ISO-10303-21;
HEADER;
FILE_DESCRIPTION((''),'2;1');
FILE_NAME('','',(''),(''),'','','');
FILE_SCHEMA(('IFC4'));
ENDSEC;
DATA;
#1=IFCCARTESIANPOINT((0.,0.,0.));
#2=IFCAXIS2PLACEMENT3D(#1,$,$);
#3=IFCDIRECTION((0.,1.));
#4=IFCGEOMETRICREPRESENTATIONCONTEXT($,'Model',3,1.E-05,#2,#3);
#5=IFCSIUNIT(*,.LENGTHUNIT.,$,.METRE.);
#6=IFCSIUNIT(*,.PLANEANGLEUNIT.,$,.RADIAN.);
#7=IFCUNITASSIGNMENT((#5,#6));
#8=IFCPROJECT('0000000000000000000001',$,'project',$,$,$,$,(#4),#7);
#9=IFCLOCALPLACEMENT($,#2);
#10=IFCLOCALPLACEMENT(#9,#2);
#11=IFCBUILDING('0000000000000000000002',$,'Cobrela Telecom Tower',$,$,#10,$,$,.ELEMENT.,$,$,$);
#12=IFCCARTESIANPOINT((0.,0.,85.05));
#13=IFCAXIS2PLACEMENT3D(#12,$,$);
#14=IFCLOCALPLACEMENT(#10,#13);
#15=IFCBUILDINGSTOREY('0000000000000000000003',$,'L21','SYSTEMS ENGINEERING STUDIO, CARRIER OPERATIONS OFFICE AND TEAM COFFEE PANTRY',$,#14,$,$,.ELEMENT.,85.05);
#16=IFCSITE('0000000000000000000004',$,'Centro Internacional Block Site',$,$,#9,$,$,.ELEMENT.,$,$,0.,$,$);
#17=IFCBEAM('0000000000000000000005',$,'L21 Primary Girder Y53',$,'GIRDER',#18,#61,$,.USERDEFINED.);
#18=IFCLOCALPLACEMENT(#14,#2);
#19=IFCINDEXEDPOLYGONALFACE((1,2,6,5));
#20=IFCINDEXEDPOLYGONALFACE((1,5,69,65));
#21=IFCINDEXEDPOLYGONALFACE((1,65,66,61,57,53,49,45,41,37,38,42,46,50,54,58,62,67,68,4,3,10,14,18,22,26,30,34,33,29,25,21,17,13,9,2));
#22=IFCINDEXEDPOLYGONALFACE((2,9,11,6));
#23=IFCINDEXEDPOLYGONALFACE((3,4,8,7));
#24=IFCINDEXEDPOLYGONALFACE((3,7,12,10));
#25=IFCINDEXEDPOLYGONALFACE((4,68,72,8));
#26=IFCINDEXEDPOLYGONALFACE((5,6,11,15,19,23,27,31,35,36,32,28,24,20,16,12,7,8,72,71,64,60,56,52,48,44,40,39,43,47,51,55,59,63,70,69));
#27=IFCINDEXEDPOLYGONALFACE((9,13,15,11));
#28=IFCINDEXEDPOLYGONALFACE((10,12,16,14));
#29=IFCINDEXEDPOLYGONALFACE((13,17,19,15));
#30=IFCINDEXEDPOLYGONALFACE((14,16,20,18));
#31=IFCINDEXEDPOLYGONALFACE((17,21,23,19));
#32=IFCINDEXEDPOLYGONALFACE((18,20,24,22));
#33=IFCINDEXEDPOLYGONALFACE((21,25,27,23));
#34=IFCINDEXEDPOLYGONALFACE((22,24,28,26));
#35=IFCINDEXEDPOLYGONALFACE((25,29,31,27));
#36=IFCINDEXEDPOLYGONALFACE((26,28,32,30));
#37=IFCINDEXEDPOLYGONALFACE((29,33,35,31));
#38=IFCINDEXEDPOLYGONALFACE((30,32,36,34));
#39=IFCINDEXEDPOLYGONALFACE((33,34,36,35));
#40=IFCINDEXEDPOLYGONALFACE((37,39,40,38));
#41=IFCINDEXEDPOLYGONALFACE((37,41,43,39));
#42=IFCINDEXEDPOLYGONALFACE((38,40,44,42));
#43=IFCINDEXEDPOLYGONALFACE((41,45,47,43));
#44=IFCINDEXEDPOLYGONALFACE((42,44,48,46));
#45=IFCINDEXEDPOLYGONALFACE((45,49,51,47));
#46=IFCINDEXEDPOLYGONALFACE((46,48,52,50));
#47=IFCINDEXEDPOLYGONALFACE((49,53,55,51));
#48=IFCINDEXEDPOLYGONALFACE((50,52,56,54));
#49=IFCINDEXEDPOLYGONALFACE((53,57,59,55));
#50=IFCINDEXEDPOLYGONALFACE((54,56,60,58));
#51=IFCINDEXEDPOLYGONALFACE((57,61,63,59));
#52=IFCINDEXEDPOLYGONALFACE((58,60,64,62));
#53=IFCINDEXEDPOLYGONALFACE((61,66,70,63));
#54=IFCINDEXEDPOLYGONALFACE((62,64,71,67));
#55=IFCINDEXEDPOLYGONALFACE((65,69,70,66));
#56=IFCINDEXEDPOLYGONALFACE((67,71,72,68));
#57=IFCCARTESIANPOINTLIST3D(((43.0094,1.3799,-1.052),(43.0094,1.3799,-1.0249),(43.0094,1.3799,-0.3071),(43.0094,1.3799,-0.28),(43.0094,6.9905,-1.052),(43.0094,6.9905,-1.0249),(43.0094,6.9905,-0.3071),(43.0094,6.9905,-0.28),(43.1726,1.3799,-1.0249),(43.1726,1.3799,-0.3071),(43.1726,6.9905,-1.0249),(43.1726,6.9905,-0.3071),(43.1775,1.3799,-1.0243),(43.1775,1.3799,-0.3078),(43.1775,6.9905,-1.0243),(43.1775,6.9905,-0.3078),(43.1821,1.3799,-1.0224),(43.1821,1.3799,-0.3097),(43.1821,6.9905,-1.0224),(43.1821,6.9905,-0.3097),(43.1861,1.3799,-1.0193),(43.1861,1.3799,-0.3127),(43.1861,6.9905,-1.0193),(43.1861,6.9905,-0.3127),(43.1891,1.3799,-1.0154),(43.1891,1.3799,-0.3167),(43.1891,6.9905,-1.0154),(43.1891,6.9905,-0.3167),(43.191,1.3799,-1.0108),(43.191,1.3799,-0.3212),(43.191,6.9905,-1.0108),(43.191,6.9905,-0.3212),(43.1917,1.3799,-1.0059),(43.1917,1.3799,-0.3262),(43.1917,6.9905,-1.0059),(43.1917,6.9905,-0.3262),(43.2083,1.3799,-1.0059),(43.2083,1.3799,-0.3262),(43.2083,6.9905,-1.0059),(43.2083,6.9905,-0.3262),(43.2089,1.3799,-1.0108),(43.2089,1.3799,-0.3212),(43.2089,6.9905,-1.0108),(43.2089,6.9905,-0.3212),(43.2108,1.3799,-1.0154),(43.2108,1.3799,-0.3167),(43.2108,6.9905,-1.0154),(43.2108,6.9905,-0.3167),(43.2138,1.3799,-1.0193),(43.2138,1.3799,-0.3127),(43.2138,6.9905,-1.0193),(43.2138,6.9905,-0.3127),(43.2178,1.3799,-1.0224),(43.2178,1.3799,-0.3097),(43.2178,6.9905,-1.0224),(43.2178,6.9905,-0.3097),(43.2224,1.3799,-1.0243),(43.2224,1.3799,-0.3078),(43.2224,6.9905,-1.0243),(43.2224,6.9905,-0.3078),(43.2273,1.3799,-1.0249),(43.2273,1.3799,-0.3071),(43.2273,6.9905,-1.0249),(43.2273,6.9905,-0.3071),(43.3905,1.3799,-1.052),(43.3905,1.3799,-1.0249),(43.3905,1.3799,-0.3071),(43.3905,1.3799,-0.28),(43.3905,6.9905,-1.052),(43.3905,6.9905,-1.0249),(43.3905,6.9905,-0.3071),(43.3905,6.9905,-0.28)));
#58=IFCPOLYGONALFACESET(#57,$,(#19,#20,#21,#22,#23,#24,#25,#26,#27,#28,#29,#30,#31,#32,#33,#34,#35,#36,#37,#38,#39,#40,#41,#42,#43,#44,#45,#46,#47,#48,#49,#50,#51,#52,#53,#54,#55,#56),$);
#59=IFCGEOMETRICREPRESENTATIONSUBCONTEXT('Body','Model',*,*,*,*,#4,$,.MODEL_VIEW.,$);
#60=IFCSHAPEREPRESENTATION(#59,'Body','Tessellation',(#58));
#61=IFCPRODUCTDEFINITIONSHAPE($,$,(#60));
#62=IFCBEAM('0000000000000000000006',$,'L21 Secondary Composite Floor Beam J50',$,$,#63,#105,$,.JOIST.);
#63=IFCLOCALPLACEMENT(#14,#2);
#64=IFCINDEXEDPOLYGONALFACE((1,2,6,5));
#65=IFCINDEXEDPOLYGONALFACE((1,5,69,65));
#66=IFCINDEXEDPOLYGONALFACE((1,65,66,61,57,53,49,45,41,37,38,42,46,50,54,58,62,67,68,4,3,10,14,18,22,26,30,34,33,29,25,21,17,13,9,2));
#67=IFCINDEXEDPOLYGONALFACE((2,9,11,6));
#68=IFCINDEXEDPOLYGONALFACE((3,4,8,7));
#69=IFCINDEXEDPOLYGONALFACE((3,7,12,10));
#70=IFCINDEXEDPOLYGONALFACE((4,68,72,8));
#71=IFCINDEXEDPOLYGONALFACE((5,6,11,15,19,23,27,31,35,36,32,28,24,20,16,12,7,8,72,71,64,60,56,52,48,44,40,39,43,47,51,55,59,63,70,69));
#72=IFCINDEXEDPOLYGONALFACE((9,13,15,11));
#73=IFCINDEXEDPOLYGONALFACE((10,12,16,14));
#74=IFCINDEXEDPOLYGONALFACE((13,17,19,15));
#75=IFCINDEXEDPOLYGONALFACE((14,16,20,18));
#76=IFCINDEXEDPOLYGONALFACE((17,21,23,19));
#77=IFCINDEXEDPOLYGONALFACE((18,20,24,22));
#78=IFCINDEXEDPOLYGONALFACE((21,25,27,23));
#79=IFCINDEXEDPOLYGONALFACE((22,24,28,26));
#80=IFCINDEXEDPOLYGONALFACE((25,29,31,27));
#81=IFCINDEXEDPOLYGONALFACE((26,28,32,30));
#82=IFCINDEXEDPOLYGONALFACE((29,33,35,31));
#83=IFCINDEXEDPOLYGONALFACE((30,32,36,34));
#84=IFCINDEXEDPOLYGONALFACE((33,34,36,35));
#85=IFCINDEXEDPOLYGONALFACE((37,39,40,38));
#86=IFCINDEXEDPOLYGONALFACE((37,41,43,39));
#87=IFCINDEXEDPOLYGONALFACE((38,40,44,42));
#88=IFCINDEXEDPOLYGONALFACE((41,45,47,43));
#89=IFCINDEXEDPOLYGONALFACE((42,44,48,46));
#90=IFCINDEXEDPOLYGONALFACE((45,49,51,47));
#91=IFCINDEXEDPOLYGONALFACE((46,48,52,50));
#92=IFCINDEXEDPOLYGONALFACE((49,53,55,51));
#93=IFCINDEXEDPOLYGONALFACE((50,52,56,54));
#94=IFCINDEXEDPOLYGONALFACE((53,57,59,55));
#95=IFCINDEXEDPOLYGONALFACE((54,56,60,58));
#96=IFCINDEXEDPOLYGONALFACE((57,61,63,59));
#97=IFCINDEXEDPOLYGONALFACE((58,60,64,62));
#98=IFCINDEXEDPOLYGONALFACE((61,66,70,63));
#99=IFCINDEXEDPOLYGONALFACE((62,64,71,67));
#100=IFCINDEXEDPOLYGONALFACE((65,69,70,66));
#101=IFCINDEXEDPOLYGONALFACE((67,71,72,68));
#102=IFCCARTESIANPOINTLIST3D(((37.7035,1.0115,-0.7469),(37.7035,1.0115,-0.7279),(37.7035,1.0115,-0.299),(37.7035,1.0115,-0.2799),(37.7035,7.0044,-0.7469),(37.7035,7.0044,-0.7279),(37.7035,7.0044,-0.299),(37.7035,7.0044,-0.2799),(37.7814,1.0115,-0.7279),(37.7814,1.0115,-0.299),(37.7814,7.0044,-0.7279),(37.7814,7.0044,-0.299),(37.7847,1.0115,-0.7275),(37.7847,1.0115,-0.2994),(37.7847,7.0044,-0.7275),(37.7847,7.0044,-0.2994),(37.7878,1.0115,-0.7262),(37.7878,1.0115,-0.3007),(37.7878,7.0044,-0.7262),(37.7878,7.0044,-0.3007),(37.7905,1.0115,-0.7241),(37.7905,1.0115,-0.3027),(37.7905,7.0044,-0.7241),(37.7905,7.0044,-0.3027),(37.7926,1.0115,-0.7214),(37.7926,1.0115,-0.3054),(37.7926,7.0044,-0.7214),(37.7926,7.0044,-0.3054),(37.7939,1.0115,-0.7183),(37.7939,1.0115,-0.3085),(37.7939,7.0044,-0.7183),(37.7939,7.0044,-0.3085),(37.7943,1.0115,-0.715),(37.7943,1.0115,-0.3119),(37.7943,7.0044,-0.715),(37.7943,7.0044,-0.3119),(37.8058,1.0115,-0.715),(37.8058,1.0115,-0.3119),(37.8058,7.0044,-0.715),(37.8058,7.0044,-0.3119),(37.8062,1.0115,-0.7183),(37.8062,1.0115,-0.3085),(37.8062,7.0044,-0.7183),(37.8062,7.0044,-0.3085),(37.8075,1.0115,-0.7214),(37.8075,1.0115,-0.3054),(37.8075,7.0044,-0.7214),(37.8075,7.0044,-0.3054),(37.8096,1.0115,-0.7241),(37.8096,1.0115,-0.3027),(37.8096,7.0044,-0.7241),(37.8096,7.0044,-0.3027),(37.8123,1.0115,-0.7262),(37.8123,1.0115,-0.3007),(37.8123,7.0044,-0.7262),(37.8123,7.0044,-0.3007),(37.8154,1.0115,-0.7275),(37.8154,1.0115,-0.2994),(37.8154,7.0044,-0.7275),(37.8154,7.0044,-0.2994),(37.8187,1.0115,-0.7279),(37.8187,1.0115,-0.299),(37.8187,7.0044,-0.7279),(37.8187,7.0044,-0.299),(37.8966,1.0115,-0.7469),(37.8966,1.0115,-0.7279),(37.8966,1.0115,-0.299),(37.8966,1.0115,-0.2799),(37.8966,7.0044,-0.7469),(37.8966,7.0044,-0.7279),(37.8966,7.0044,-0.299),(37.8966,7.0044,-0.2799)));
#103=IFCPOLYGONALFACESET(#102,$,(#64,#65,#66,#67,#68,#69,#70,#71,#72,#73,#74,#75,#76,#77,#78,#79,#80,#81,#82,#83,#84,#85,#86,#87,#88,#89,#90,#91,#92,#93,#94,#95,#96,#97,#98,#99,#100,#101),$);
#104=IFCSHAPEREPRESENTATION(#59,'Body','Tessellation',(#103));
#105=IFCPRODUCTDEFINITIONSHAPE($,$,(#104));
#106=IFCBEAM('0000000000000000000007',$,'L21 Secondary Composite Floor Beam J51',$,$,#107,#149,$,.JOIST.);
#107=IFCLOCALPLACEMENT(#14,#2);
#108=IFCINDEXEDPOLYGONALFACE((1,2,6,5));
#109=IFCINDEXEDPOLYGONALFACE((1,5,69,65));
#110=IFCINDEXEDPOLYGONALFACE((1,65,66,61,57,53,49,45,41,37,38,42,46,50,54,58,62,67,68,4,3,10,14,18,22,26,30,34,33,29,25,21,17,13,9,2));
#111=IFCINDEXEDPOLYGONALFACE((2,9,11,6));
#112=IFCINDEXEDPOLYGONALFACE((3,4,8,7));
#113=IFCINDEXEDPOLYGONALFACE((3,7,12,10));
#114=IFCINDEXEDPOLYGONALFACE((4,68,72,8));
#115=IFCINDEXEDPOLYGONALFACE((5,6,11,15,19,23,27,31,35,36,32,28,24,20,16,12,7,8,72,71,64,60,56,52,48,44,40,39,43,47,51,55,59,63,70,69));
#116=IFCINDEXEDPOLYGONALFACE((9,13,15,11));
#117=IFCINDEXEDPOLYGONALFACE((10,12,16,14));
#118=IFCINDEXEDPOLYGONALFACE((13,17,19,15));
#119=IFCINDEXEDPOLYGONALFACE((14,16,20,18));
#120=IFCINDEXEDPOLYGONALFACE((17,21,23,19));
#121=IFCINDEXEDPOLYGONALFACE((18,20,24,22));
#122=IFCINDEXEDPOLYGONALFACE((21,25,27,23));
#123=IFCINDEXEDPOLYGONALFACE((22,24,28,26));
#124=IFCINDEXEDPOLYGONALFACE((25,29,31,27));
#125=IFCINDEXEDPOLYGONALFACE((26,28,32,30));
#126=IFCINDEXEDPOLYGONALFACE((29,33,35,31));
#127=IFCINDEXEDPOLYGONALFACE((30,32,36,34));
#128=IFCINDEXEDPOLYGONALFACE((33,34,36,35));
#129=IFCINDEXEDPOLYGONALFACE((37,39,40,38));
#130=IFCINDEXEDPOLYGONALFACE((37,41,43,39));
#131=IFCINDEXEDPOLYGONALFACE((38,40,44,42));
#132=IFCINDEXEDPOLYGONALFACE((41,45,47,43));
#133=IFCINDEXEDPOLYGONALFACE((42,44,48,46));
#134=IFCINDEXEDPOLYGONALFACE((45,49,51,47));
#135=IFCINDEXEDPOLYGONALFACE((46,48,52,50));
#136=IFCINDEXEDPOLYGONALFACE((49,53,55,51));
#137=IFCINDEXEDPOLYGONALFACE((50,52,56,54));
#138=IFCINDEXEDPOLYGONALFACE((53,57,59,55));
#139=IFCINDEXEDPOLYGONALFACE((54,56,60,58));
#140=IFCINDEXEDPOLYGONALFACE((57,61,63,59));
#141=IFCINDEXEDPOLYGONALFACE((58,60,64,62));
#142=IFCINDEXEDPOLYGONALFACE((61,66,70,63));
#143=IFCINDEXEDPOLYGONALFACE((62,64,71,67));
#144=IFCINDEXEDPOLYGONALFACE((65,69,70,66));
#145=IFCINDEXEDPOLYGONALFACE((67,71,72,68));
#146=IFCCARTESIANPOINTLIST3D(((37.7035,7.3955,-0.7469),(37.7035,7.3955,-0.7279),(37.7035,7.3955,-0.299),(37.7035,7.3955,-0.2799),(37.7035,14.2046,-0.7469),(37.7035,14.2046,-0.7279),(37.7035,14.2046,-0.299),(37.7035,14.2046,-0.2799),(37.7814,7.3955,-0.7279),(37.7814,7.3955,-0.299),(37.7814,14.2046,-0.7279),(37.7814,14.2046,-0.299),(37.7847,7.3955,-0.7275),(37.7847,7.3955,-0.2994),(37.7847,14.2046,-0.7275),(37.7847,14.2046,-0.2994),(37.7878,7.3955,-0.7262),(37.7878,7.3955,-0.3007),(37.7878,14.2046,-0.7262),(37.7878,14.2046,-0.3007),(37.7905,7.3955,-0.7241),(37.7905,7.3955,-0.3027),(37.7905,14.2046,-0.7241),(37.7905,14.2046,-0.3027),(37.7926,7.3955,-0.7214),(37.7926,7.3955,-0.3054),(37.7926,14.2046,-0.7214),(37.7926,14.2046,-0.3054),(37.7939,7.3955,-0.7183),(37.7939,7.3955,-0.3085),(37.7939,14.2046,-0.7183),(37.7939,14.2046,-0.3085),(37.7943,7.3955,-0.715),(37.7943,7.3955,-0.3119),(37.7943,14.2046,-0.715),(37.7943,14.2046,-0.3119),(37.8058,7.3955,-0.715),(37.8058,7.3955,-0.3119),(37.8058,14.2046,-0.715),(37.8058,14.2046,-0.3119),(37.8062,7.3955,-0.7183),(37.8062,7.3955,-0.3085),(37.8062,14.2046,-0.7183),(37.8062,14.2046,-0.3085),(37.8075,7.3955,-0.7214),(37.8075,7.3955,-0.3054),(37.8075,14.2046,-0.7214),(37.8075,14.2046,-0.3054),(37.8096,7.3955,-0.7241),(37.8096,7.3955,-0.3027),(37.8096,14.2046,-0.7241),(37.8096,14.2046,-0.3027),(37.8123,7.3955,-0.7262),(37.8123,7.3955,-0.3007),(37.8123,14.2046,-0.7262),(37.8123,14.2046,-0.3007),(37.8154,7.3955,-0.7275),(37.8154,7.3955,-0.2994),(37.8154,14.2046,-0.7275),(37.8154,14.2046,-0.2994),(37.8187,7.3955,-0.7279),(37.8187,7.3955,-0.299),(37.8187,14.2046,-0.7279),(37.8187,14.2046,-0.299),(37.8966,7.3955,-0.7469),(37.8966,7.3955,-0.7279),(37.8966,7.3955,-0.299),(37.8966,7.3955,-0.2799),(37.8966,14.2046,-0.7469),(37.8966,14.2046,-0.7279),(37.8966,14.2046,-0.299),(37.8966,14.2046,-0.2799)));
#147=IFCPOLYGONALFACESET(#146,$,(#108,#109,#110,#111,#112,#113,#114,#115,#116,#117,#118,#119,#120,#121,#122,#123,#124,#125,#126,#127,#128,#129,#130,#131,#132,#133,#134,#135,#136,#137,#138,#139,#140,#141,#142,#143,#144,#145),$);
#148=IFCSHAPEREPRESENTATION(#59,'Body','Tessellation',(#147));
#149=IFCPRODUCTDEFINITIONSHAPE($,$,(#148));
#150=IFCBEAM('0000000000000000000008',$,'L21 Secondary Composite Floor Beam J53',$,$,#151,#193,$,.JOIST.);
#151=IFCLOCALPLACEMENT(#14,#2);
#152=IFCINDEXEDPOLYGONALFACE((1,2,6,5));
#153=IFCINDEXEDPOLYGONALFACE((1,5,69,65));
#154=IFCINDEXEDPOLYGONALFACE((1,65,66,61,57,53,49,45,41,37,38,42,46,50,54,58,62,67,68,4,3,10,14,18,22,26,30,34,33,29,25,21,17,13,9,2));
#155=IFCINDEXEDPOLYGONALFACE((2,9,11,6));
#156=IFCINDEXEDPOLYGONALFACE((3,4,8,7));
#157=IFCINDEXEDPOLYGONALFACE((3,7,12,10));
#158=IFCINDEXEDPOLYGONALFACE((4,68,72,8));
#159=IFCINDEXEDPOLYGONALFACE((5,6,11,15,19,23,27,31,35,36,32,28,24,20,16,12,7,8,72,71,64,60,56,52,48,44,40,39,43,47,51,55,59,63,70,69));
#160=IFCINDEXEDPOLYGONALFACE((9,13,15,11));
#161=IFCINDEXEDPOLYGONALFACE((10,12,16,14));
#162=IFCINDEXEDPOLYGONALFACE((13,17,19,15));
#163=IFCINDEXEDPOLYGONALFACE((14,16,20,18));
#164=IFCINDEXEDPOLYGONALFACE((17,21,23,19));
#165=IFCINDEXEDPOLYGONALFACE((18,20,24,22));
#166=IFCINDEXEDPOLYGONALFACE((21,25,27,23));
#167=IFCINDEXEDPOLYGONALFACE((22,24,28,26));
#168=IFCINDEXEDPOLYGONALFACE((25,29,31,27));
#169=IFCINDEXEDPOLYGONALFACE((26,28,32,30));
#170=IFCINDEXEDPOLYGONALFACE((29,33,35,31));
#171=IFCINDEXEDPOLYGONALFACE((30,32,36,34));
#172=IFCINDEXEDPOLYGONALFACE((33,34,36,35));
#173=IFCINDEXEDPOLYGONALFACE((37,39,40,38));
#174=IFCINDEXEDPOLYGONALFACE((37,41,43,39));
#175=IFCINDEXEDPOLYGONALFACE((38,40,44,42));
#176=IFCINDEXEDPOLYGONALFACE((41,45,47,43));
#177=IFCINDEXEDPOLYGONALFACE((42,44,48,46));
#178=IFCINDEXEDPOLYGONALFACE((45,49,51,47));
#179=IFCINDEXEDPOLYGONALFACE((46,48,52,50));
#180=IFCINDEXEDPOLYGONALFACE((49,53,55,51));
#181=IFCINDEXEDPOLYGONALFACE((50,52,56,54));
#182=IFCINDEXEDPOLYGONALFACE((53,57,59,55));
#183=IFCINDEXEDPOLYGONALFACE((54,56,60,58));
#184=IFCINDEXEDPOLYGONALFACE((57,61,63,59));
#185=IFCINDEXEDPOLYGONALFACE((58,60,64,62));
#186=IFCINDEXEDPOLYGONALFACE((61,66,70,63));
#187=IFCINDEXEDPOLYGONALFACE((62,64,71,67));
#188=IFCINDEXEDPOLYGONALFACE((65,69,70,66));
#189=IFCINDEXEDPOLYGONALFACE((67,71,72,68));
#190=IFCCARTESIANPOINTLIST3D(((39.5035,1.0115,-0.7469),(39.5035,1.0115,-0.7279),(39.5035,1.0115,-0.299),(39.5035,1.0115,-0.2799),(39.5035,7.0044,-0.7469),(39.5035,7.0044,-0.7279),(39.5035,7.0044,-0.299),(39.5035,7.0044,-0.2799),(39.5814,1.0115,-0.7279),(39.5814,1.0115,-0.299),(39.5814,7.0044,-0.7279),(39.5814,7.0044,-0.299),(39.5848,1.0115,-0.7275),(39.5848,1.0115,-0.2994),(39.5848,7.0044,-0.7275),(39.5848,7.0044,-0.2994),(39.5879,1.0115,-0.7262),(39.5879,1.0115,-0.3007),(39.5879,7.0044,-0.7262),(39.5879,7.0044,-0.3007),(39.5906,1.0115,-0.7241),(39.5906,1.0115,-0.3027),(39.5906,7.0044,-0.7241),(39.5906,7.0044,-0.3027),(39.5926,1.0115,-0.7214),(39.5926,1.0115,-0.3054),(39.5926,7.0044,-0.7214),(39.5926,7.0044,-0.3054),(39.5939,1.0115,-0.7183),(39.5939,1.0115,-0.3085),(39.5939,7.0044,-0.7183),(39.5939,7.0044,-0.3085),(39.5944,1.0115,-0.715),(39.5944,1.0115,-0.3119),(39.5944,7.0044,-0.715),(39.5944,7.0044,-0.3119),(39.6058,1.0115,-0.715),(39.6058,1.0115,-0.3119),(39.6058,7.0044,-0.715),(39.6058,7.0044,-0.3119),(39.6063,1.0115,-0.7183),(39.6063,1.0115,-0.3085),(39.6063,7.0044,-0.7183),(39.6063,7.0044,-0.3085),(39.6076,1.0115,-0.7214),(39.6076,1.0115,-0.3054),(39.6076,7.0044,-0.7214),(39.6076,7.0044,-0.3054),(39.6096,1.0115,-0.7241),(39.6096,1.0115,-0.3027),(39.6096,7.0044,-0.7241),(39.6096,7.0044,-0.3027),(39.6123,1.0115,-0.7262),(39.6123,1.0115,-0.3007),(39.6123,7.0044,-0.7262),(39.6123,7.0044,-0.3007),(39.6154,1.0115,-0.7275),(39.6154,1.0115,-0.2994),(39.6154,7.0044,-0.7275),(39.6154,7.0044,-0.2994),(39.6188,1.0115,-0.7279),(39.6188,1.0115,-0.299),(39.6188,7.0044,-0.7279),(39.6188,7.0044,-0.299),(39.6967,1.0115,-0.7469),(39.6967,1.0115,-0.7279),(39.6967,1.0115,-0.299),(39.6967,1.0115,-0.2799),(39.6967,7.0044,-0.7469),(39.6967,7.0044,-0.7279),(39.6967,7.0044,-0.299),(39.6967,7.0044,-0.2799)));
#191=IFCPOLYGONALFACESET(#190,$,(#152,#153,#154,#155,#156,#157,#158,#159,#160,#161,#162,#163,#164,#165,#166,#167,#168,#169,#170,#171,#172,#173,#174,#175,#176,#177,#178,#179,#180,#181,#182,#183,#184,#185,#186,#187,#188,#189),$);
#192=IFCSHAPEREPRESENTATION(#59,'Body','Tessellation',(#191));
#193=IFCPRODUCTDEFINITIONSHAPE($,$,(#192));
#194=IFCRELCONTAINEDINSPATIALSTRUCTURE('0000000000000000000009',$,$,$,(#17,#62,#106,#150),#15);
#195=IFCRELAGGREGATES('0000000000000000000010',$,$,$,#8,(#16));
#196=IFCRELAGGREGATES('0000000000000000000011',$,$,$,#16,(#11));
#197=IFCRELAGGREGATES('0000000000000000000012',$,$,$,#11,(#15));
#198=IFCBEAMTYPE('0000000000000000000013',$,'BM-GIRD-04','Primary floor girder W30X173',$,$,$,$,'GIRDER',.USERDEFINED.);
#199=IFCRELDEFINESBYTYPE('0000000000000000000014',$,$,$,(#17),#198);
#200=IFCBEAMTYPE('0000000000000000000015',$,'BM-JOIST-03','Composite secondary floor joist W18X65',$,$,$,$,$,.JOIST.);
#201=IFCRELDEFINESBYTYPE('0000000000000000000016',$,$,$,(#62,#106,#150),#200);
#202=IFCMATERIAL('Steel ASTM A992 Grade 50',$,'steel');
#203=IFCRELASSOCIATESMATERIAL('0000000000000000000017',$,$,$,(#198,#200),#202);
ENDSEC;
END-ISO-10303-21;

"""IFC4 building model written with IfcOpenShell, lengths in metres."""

from ifc_helpers import new_model, si_unit, direction, frame, origin, origin_2d, place, context, subcontext, project, spatial, i_section, extrude, material, material_profile, profile_set, type_object, element, save


model = new_model("IFC4")

# Units and contexts
model_context = context("Model", 3, precision=1e-05, world=origin(), true_north=direction((0.0, 1.0)))
body_context = subcontext(model_context, "Body", "Model", "MODEL_VIEW")
ifc_project = project(units=[si_unit("LENGTHUNIT", "METRE"), si_unit("PLANEANGLEUNIT", "RADIAN")], contexts=[model_context])

# Site, building, storey
site_placement = place(None, origin())
site = spatial("IfcSite", under=ifc_project, at=site_placement, Name="Centro Internacional Block Site", CompositionType="ELEMENT", RefElevation=0.0)
building_placement = place(site_placement, origin())
building = spatial("IfcBuilding", under=site, at=building_placement, Name="Cobrela Telecom Tower", CompositionType="ELEMENT")
storey_placement = place(building_placement, frame((0.0, 0.0, 85.05)))
storey = spatial("IfcBuildingStorey", under=building, at=storey_placement, Name="L21", Description="SYSTEMS ENGINEERING STUDIO, CARRIER OPERATIONS OFFICE AND TEAM COFFEE PANTRY", CompositionType="ELEMENT", Elevation=85.05)

# Shared definitions
ifc_material_1 = material(Name="Steel ASTM A992 Grade 50", Category="steel")

# Beams
ifc_material_profile_1 = material_profile(ifc_material_1, i_section(OverallWidth=0.3811, OverallDepth=0.772, WebThickness=0.0166, FlangeThickness=0.0271, FilletRadius=0.019, at=origin_2d()), Name="W30X173")
ifc_profile_set_1 = profile_set([ifc_material_profile_1], Name="Steel ASTM A992 Grade 50")
beam_type_1 = type_object("IfcBeamType", Name="BM-GIRD-04", Description="Primary floor girder W30X173", ElementType="GIRDER", PredefinedType="USERDEFINED", material=ifc_profile_set_1)
beam_1_placement = place(storey_placement, frame((43.2, 1.3799, -0.666), z_axis=(0.0, 1.0, 0.0), x_axis=(-1.0, 0.0, 0.0)))
element("IfcBeam", 1, at=beam_1_placement, inside=storey, type_object=beam_type_1, Name="L21 Primary Girder Y53", ObjectType="GIRDER", PredefinedType="USERDEFINED", context=body_context, shape_type="SweptSolid", body=[
    extrude(i_section(OverallWidth=0.3811, OverallDepth=0.772, WebThickness=0.0166, FlangeThickness=0.0271, FilletRadius=0.019, at=origin_2d()), origin(), (0.0, 0.0, 1.0), 5.6106),
])
ifc_material_profile_2 = material_profile(ifc_material_1, i_section(OverallWidth=0.1931, OverallDepth=0.467, WebThickness=0.0115, FlangeThickness=0.019, FilletRadius=0.0129, at=origin_2d()), Name="W18X65")
ifc_profile_set_2 = profile_set([ifc_material_profile_2], Name="Steel ASTM A992 Grade 50")
beam_type_2 = type_object("IfcBeamType", Name="BM-JOIST-03", Description="Composite secondary floor joist W18X65", PredefinedType="JOIST", material=ifc_profile_set_2)
beam_2_placement = place(storey_placement, frame((37.8, 1.0115, -0.5134), z_axis=(0.0, 1.0, 0.0), x_axis=(-1.0, 0.0, 0.0)))
element("IfcBeam", 2, at=beam_2_placement, inside=storey, type_object=beam_type_2, Name="L21 Secondary Composite Floor Beam J50", PredefinedType="JOIST", context=body_context, shape_type="SweptSolid", body=[
    extrude(i_section(OverallWidth=0.1931, OverallDepth=0.467, WebThickness=0.0115, FlangeThickness=0.019, FilletRadius=0.0129, at=origin_2d()), origin(), (0.0, 0.0, 1.0), 5.9929),
])
beam_3_placement = place(storey_placement, frame((37.8, 7.3955, -0.5134), z_axis=(0.0, 1.0, 0.0), x_axis=(-1.0, 0.0, 0.0)))
element("IfcBeam", 3, at=beam_3_placement, inside=storey, type_object=beam_type_2, Name="L21 Secondary Composite Floor Beam J51", PredefinedType="JOIST", context=body_context, shape_type="SweptSolid", body=[
    extrude(i_section(OverallWidth=0.1931, OverallDepth=0.467, WebThickness=0.0115, FlangeThickness=0.019, FilletRadius=0.0129, at=origin_2d()), origin(), (0.0, 0.0, 1.0), 6.8091),
])
beam_4_placement = place(storey_placement, frame((39.6001, 1.0115, -0.5134), z_axis=(0.0, 1.0, 0.0), x_axis=(-1.0, 0.0, 0.0)))
element("IfcBeam", 4, at=beam_4_placement, inside=storey, type_object=beam_type_2, Name="L21 Secondary Composite Floor Beam J53", PredefinedType="JOIST", context=body_context, shape_type="SweptSolid", body=[
    extrude(i_section(OverallWidth=0.1931, OverallDepth=0.467, WebThickness=0.0115, FlangeThickness=0.019, FilletRadius=0.0129, at=origin_2d()), origin(), (0.0, 0.0, 1.0), 5.9929),
])

save(model, "model.ifc")
